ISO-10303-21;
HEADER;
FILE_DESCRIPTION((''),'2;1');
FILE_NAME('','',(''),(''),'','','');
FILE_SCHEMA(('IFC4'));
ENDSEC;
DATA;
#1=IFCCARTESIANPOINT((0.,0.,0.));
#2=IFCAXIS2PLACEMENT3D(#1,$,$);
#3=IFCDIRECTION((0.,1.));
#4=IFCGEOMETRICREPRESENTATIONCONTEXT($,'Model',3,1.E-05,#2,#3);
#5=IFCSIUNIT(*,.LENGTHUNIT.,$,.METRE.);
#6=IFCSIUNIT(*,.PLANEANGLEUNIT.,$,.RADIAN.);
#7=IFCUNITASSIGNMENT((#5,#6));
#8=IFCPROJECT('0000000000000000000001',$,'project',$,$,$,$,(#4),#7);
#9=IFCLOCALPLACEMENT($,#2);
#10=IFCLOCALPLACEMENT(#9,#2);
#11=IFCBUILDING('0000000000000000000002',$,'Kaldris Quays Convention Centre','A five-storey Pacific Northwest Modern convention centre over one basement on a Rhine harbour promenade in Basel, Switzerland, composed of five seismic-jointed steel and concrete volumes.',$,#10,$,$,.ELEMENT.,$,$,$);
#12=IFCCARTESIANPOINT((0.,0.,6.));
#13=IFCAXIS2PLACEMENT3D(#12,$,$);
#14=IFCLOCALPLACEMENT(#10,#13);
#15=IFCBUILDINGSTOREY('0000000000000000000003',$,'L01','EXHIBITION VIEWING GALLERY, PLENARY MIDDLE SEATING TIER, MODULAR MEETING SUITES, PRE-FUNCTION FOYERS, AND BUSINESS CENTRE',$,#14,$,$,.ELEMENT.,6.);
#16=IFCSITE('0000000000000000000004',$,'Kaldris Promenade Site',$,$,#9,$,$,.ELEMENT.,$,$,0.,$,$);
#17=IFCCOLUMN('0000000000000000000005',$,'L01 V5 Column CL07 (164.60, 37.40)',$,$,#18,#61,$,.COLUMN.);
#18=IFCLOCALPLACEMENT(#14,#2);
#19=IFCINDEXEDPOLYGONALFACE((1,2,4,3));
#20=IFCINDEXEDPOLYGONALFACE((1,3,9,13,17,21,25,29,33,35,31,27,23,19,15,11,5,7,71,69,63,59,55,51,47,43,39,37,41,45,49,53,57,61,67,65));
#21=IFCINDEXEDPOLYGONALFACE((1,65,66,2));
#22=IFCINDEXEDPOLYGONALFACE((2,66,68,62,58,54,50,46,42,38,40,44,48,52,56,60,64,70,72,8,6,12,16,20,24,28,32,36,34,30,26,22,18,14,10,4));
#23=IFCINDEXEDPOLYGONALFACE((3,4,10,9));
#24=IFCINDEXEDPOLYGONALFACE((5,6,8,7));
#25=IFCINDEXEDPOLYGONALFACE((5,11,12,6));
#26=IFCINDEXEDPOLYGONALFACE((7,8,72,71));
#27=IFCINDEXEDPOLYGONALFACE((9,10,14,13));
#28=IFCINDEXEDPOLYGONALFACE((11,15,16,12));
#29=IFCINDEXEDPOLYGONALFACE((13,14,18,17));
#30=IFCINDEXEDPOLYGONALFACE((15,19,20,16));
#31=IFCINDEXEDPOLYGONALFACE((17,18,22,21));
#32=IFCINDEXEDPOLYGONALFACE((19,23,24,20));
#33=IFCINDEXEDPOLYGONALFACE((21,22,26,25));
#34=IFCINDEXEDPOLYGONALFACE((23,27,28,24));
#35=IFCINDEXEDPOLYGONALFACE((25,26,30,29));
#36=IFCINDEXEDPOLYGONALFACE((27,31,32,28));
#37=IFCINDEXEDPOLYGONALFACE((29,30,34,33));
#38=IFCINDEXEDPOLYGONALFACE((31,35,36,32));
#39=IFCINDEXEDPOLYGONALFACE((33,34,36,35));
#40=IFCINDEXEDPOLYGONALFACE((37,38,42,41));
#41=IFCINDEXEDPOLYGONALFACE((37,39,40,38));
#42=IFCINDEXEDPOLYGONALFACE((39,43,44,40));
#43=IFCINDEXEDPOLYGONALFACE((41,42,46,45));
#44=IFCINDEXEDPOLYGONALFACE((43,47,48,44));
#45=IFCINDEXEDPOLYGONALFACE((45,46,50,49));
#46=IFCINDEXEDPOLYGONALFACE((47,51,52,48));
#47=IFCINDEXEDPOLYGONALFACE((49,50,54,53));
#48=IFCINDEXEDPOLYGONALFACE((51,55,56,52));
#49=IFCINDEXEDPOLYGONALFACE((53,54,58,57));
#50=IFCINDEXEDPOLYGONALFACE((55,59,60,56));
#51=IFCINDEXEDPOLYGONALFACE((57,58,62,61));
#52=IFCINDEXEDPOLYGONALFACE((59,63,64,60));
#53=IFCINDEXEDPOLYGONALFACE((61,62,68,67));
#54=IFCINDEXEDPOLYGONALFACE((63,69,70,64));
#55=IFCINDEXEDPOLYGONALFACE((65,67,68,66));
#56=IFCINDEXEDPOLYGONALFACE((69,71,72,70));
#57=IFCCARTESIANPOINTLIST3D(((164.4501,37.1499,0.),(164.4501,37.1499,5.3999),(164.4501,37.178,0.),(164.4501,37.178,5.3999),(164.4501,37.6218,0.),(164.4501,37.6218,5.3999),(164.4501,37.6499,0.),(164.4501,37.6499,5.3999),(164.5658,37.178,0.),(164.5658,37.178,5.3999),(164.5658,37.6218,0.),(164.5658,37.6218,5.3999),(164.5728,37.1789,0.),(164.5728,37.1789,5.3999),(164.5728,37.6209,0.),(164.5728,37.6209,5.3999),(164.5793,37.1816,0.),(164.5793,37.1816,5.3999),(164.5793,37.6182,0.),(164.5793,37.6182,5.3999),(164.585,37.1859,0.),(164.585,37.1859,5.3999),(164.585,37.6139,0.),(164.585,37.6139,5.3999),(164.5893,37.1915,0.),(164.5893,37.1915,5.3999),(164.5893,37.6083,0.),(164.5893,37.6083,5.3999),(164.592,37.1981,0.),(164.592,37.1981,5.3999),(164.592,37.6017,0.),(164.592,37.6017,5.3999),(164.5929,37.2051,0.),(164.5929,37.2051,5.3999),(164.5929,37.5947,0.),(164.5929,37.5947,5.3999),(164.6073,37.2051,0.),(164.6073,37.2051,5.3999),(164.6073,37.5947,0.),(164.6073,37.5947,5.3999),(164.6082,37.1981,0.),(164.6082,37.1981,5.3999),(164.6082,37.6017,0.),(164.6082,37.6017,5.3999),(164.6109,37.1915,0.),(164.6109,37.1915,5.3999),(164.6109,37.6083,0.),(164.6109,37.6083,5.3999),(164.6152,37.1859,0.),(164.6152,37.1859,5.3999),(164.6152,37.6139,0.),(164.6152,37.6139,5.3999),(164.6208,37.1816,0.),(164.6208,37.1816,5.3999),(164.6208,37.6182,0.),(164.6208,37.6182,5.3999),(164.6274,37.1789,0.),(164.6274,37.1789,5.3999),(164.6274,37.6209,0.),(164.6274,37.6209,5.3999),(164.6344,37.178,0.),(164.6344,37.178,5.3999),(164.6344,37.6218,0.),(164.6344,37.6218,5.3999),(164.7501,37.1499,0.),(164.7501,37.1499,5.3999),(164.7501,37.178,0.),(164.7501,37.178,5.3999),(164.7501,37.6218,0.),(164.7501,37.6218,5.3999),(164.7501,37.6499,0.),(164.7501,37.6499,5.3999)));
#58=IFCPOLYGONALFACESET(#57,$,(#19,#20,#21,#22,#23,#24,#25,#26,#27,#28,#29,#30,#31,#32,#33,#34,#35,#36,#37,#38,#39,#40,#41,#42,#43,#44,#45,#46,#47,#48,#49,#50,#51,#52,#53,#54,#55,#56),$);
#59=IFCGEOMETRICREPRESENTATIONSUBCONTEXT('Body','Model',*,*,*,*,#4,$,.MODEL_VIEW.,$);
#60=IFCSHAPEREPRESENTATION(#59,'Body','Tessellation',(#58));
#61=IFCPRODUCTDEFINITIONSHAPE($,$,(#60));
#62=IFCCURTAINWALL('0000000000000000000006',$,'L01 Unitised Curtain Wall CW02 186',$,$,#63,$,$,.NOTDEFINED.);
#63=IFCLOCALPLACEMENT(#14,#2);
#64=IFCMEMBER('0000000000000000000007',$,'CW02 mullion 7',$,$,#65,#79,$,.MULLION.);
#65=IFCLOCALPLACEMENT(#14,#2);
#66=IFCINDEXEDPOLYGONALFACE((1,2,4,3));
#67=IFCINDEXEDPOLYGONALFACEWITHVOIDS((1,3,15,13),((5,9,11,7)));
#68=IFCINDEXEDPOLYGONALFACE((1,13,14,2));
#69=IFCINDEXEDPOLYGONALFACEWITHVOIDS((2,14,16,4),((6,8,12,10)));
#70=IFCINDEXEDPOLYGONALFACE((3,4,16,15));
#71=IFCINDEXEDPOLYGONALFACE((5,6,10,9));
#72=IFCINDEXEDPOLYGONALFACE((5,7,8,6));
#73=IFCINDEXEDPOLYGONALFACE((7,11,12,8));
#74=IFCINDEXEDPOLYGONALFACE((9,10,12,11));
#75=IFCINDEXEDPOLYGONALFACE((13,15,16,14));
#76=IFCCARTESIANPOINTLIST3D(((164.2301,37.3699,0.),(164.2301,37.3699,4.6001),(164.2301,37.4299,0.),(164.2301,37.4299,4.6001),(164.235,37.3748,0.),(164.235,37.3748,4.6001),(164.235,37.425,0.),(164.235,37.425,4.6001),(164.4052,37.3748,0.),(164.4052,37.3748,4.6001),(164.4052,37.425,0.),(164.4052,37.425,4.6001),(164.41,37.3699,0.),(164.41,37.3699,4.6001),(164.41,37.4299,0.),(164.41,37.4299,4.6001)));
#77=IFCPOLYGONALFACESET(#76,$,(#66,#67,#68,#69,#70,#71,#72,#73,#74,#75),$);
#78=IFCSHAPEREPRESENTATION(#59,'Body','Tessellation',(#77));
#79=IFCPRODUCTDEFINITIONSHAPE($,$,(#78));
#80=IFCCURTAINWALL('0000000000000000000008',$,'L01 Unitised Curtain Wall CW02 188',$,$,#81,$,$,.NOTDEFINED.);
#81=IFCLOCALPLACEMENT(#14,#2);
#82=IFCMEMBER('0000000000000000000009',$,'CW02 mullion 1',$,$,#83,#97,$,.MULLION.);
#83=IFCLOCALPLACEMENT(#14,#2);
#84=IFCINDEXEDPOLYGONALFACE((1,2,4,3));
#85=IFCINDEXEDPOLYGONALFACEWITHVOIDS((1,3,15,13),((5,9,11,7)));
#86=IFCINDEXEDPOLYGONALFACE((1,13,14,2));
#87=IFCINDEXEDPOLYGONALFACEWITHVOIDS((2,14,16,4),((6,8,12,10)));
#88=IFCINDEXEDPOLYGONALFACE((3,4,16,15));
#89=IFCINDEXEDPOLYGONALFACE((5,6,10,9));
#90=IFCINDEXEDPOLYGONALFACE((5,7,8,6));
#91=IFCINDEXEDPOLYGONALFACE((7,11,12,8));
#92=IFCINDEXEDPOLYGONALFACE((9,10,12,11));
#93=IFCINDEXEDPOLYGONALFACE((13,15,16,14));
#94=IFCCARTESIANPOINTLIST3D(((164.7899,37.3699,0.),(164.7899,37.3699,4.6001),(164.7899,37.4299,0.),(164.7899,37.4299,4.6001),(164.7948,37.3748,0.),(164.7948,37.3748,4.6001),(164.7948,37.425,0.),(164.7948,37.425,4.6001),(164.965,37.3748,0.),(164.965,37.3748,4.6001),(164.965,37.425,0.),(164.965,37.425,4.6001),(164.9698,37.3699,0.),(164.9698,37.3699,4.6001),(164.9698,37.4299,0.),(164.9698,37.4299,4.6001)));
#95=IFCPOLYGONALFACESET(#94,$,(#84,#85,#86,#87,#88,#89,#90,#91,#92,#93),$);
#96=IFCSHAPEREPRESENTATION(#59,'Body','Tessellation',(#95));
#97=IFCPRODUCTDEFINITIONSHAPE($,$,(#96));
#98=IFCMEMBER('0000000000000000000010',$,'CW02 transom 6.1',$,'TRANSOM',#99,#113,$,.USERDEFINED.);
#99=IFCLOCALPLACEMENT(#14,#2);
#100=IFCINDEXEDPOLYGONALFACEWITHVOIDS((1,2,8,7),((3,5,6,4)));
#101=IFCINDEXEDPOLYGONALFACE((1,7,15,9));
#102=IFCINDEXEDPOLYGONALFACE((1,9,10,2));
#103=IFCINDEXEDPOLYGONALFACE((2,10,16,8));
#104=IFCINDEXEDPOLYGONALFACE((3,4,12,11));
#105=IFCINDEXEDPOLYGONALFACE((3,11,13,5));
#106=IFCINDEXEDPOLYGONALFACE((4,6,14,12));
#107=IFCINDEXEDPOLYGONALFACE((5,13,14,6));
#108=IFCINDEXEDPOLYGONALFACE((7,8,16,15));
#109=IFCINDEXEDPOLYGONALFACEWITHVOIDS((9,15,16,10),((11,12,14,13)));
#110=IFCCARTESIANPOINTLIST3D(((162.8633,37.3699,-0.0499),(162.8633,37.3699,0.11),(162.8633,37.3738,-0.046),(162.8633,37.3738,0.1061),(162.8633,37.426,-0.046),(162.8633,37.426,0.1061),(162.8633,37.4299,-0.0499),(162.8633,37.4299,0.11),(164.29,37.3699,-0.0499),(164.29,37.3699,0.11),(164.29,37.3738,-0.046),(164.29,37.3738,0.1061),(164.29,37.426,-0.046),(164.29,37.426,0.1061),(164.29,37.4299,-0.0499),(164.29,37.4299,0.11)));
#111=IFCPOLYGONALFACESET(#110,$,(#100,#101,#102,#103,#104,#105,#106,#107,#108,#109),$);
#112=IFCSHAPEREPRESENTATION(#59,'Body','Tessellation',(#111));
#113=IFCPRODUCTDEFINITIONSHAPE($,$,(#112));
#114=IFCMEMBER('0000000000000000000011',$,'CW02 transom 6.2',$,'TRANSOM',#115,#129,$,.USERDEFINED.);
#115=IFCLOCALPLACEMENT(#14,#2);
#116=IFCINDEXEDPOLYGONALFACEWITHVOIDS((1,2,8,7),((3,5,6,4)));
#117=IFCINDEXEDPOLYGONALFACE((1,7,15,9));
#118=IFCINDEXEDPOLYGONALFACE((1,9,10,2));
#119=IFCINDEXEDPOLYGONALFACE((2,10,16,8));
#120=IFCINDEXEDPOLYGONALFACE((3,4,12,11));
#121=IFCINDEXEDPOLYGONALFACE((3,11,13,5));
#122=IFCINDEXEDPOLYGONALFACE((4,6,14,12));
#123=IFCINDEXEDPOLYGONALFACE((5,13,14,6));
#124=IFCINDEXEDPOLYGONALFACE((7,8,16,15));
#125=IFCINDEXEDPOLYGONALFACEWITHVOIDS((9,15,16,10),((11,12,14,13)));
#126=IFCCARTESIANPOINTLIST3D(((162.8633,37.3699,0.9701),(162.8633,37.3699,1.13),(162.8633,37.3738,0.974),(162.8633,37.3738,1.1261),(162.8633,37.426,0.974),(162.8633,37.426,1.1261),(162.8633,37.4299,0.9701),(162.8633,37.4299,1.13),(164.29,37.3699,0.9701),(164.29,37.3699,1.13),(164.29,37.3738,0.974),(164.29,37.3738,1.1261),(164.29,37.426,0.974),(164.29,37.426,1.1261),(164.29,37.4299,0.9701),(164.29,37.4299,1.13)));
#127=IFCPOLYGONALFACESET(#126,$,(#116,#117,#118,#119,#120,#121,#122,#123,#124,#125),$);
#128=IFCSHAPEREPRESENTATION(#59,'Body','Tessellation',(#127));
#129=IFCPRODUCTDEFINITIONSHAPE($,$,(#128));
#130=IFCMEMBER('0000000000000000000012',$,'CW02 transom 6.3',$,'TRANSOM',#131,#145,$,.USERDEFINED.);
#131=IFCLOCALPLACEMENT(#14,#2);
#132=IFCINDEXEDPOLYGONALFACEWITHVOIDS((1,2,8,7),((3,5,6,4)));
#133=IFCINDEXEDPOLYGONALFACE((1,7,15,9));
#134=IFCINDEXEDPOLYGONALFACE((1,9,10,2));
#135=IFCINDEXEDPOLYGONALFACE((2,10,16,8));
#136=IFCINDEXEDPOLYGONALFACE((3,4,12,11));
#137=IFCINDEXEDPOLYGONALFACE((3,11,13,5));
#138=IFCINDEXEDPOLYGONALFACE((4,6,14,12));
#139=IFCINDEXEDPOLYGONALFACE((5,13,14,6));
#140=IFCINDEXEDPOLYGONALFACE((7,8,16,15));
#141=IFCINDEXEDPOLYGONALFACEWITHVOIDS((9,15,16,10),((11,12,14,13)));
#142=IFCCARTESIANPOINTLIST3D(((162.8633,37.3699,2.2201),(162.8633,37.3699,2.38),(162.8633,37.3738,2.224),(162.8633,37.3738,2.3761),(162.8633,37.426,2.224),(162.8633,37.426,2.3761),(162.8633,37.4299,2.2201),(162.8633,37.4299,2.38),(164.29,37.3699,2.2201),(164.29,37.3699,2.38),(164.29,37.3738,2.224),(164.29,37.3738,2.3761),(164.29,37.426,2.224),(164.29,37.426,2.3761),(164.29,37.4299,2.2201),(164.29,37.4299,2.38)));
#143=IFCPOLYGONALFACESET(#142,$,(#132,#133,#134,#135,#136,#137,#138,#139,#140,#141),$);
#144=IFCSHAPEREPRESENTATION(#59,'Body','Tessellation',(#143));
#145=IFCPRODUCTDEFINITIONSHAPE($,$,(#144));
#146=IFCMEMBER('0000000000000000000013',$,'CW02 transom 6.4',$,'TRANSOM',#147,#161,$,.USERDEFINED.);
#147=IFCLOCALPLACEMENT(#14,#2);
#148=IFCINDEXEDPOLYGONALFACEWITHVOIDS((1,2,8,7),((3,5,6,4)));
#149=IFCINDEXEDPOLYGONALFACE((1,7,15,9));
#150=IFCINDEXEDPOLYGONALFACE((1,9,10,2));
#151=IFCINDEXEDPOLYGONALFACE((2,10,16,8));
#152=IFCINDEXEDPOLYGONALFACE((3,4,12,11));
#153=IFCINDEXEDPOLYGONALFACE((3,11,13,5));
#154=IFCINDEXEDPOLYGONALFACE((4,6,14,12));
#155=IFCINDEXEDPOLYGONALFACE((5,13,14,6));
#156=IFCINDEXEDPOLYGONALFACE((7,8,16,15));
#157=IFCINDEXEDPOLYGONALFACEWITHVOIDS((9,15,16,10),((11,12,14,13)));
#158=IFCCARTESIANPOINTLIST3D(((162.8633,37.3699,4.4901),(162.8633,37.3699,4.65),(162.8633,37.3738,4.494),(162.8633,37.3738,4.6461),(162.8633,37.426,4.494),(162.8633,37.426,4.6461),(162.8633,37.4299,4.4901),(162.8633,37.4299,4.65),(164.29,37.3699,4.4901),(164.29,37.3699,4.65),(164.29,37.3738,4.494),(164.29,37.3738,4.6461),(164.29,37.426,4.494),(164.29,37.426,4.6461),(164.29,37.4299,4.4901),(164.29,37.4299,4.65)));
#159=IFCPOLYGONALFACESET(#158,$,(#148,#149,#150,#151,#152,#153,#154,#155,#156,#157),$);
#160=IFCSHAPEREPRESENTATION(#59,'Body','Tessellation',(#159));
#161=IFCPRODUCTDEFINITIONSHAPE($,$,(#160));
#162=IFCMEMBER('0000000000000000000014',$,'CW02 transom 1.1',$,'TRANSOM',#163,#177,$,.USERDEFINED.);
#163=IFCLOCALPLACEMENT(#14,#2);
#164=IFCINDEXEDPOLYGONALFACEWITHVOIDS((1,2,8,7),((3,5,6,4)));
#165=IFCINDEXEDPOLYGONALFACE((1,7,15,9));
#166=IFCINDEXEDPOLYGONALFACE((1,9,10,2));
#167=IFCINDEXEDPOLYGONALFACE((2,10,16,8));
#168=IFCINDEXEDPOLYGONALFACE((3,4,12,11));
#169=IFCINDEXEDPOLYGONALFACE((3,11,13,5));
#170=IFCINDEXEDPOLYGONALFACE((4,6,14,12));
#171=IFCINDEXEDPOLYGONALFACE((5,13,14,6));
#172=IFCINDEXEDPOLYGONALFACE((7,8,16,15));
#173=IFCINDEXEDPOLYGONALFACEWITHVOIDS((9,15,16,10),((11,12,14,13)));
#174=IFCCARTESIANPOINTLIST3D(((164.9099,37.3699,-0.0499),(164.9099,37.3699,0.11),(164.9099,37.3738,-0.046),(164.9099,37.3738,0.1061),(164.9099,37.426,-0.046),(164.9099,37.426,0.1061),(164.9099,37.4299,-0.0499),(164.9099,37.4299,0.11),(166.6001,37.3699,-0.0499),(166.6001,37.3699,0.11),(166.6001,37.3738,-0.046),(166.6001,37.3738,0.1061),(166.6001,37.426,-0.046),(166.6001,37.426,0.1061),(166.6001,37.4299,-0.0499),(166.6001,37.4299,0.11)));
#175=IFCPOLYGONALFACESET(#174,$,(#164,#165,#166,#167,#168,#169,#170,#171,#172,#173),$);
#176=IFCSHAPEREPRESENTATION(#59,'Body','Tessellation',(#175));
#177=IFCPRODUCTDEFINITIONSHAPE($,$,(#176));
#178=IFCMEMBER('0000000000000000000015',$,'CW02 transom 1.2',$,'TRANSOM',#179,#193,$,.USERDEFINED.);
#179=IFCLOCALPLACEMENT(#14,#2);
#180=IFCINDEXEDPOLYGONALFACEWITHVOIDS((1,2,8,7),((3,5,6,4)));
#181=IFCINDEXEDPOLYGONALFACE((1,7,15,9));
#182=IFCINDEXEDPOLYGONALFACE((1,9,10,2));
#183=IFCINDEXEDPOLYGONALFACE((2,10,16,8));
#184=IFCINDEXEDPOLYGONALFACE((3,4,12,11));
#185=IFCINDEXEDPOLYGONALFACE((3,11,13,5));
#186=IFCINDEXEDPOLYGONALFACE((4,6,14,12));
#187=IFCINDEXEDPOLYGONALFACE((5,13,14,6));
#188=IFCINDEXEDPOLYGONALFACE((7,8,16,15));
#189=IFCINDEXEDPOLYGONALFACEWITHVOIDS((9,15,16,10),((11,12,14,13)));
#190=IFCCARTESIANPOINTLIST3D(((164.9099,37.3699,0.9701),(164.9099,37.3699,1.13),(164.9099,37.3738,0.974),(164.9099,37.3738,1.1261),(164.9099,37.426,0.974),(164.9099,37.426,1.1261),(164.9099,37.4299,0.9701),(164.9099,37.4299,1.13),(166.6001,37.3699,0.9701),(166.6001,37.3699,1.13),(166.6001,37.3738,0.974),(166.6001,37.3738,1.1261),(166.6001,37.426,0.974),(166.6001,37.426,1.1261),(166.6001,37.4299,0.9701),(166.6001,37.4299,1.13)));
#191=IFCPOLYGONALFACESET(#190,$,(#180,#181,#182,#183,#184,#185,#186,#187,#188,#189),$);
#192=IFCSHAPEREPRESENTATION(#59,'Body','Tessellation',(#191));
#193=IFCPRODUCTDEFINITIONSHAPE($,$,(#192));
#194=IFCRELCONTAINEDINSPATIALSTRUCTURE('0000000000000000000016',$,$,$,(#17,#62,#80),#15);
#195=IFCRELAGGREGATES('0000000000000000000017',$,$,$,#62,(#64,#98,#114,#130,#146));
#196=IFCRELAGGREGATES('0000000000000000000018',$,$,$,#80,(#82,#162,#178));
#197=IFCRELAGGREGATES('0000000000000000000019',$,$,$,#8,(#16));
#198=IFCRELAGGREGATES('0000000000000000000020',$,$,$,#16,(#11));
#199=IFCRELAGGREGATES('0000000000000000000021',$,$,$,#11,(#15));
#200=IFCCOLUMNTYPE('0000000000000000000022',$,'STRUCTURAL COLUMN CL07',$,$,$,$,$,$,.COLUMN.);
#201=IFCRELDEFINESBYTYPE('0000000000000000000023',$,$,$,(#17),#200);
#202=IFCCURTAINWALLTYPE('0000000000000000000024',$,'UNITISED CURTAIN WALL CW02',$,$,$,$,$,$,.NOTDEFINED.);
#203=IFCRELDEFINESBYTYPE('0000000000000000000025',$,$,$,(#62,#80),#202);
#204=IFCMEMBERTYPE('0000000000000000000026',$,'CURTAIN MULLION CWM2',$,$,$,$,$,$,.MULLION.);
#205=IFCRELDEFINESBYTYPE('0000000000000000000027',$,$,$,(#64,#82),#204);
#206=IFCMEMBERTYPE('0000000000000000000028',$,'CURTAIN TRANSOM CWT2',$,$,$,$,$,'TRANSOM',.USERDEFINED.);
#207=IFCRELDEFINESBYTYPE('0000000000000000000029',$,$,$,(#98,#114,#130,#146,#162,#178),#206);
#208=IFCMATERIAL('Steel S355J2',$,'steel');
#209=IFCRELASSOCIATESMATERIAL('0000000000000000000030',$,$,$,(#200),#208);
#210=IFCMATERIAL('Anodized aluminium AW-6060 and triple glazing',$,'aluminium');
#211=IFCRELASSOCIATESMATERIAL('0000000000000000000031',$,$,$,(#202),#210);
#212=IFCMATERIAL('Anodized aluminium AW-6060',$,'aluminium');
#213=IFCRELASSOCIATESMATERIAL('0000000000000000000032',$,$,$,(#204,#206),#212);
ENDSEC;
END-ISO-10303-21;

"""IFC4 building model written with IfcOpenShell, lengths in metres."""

from ifc_helpers import new_model, si_unit, direction, frame, origin, origin_2d, place, context, subcontext, project, spatial, hollow_rectangle, i_section, extrude, material, material_profile, profile_set, type_object, element, aggregate, save


model = new_model("IFC4")

# Units and contexts
model_context = context("Model", 3, precision=1e-05, world=origin(), true_north=direction((0.0, 1.0)))
body_context = subcontext(model_context, "Body", "Model", "MODEL_VIEW")
ifc_project = project(units=[si_unit("LENGTHUNIT", "METRE"), si_unit("PLANEANGLEUNIT", "RADIAN")], contexts=[model_context])

# Site, building, storey
site_placement = place(None, origin())
site = spatial("IfcSite", under=ifc_project, at=site_placement, Name="Kaldris Promenade Site", CompositionType="ELEMENT", RefElevation=0.0)
building_placement = place(site_placement, origin())
building = spatial("IfcBuilding", under=site, at=building_placement, Name="Kaldris Quays Convention Centre", Description="A five-storey Pacific Northwest Modern convention centre over one basement on a Rhine harbour promenade in Basel, Switzerland, composed of five seismic-jointed steel and concrete volumes.", CompositionType="ELEMENT")
storey_placement = place(building_placement, frame((0.0, 0.0, 6.0)))
storey = spatial("IfcBuildingStorey", under=building, at=storey_placement, Name="L01", Description="EXHIBITION VIEWING GALLERY, PLENARY MIDDLE SEATING TIER, MODULAR MEETING SUITES, PRE-FUNCTION FOYERS, AND BUSINESS CENTRE", CompositionType="ELEMENT", Elevation=6.0)

# Column
ifc_material_1 = material(Name="Steel S355J2", Category="steel")
ifc_material_profile_1 = material_profile(ifc_material_1, i_section(OverallWidth=0.3, OverallDepth=0.5, WebThickness=0.0144, FlangeThickness=0.0281, FilletRadius=0.0271, at=origin_2d()), Name="HEB 500")
ifc_profile_set_1 = profile_set([ifc_material_profile_1], Name="Steel S355J2")
column_type = type_object("IfcColumnType", Name="STRUCTURAL COLUMN CL07", PredefinedType="COLUMN", material=ifc_profile_set_1)
column_placement = place(storey_placement, frame((164.6001, 37.3999, 0.0), z_axis=(0.0, 0.0, 1.0), x_axis=(1.0, 0.0, 0.0)))
element("IfcColumn", 1, at=column_placement, inside=storey, type_object=column_type, Name="L01 V5 Column CL07 (164.60, 37.40)", PredefinedType="COLUMN", context=body_context, shape_type="SweptSolid", body=[
    extrude(i_section(OverallWidth=0.3, OverallDepth=0.5, WebThickness=0.0144, FlangeThickness=0.0281, FilletRadius=0.0271, at=origin_2d()), origin(), (0.0, 0.0, 1.0), 5.3999),
])

# Curtain walls, members
ifc_material_2 = material(Name="Anodized aluminium AW-6060 and triple glazing", Category="aluminium")
curtain_wall_type = type_object("IfcCurtainWallType", Name="UNITISED CURTAIN WALL CW02", PredefinedType="NOTDEFINED", material=ifc_material_2)
curtain_wall_1_placement = place(storey_placement, origin())
curtain_wall_1 = element("IfcCurtainWall", 2, at=curtain_wall_1_placement, inside=storey, type_object=curtain_wall_type, Name="L01 Unitised Curtain Wall CW02 186", PredefinedType="NOTDEFINED")
ifc_material_3 = material(Name="Anodized aluminium AW-6060", Category="aluminium")
ifc_material_profile_2 = material_profile(ifc_material_3, hollow_rectangle(XDim=0.0601, YDim=0.1799, WallThickness=0.0049, at=origin_2d()), Name="RHS 180x60x5")
ifc_profile_set_2 = profile_set([ifc_material_profile_2], Name="Anodized aluminium AW-6060")
member_type_1 = type_object("IfcMemberType", Name="CURTAIN MULLION CWM2", PredefinedType="MULLION", material=ifc_profile_set_2)
member_1_placement = place(storey_placement, frame((164.3201, 37.3999, 0.0), z_axis=(0.0, 0.0, 1.0), x_axis=(0.0, 1.0, 0.0)))
member_1 = element("IfcMember", 3, at=member_1_placement, type_object=member_type_1, Name="CW02 mullion 7", PredefinedType="MULLION", context=body_context, shape_type="SweptSolid", body=[
    extrude(hollow_rectangle(XDim=0.0601, YDim=0.1799, WallThickness=0.0049, at=origin_2d()), origin(), (0.0, 0.0, 1.0), 4.6001),
])
curtain_wall_2_placement = place(storey_placement, origin())
curtain_wall_2 = element("IfcCurtainWall", 4, at=curtain_wall_2_placement, inside=storey, type_object=curtain_wall_type, Name="L01 Unitised Curtain Wall CW02 188", PredefinedType="NOTDEFINED")
member_2_placement = place(storey_placement, frame((164.8799, 37.3999, 0.0), z_axis=(0.0, 0.0, 1.0), x_axis=(0.0, 1.0, 0.0)))
member_2 = element("IfcMember", 5, at=member_2_placement, type_object=member_type_1, Name="CW02 mullion 1", PredefinedType="MULLION", context=body_context, shape_type="SweptSolid", body=[
    extrude(hollow_rectangle(XDim=0.0601, YDim=0.1799, WallThickness=0.0049, at=origin_2d()), origin(), (0.0, 0.0, 1.0), 4.6001),
])

# Members
ifc_material_profile_3 = material_profile(ifc_material_3, hollow_rectangle(XDim=0.0601, YDim=0.1599, WallThickness=0.0039, at=origin_2d()), Name="RHS 160x60x4")
ifc_profile_set_3 = profile_set([ifc_material_profile_3], Name="Anodized aluminium AW-6060")
member_type_2 = type_object("IfcMemberType", Name="CURTAIN TRANSOM CWT2", ElementType="TRANSOM", PredefinedType="USERDEFINED", material=ifc_profile_set_3)
member_3_placement = place(storey_placement, frame((162.8633, 37.3999, 0.03), z_axis=(1.0, 0.0, 0.0), x_axis=(0.0, 1.0, 0.0)))
member_3 = element("IfcMember", 6, at=member_3_placement, type_object=member_type_2, Name="CW02 transom 6.1", ObjectType="TRANSOM", PredefinedType="USERDEFINED", context=body_context, shape_type="SweptSolid", body=[
    extrude(hollow_rectangle(XDim=0.0601, YDim=0.1599, WallThickness=0.0039, at=origin_2d()), origin(), (0.0, 0.0, 1.0), 1.4268),
])
member_4_placement = place(storey_placement, frame((162.8633, 37.3999, 1.05), z_axis=(1.0, 0.0, 0.0), x_axis=(0.0, 1.0, 0.0)))
member_4 = element("IfcMember", 7, at=member_4_placement, type_object=member_type_2, Name="CW02 transom 6.2", ObjectType="TRANSOM", PredefinedType="USERDEFINED", context=body_context, shape_type="SweptSolid", body=[
    extrude(hollow_rectangle(XDim=0.0601, YDim=0.1599, WallThickness=0.0039, at=origin_2d()), origin(), (0.0, 0.0, 1.0), 1.4268),
])
member_5_placement = place(storey_placement, frame((162.8633, 37.3999, 2.3), z_axis=(1.0, 0.0, 0.0), x_axis=(0.0, 1.0, 0.0)))
member_5 = element("IfcMember", 8, at=member_5_placement, type_object=member_type_2, Name="CW02 transom 6.3", ObjectType="TRANSOM", PredefinedType="USERDEFINED", context=body_context, shape_type="SweptSolid", body=[
    extrude(hollow_rectangle(XDim=0.0601, YDim=0.1599, WallThickness=0.0039, at=origin_2d()), origin(), (0.0, 0.0, 1.0), 1.4268),
])
member_6_placement = place(storey_placement, frame((162.8633, 37.3999, 4.5701), z_axis=(1.0, 0.0, 0.0), x_axis=(0.0, 1.0, 0.0)))
member_6 = element("IfcMember", 9, at=member_6_placement, type_object=member_type_2, Name="CW02 transom 6.4", ObjectType="TRANSOM", PredefinedType="USERDEFINED", context=body_context, shape_type="SweptSolid", body=[
    extrude(hollow_rectangle(XDim=0.0601, YDim=0.1599, WallThickness=0.0039, at=origin_2d()), origin(), (0.0, 0.0, 1.0), 1.4268),
])
member_7_placement = place(storey_placement, frame((164.9099, 37.3999, 0.03), z_axis=(1.0, 0.0, 0.0), x_axis=(0.0, 1.0, 0.0)))
member_7 = element("IfcMember", 10, at=member_7_placement, type_object=member_type_2, Name="CW02 transom 1.1", ObjectType="TRANSOM", PredefinedType="USERDEFINED", context=body_context, shape_type="SweptSolid", body=[
    extrude(hollow_rectangle(XDim=0.0601, YDim=0.1599, WallThickness=0.0039, at=origin_2d()), origin(), (0.0, 0.0, 1.0), 1.6902),
])
member_8_placement = place(storey_placement, frame((164.9099, 37.3999, 1.05), z_axis=(1.0, 0.0, 0.0), x_axis=(0.0, 1.0, 0.0)))
member_8 = element("IfcMember", 11, at=member_8_placement, type_object=member_type_2, Name="CW02 transom 1.2", ObjectType="TRANSOM", PredefinedType="USERDEFINED", context=body_context, shape_type="SweptSolid", body=[
    extrude(hollow_rectangle(XDim=0.0601, YDim=0.1599, WallThickness=0.0039, at=origin_2d()), origin(), (0.0, 0.0, 1.0), 1.6902),
])

aggregate(curtain_wall_1, [member_1, member_3, member_4, member_5, member_6])
aggregate(curtain_wall_2, [member_2, member_7, member_8])

save(model, "model.ifc")
